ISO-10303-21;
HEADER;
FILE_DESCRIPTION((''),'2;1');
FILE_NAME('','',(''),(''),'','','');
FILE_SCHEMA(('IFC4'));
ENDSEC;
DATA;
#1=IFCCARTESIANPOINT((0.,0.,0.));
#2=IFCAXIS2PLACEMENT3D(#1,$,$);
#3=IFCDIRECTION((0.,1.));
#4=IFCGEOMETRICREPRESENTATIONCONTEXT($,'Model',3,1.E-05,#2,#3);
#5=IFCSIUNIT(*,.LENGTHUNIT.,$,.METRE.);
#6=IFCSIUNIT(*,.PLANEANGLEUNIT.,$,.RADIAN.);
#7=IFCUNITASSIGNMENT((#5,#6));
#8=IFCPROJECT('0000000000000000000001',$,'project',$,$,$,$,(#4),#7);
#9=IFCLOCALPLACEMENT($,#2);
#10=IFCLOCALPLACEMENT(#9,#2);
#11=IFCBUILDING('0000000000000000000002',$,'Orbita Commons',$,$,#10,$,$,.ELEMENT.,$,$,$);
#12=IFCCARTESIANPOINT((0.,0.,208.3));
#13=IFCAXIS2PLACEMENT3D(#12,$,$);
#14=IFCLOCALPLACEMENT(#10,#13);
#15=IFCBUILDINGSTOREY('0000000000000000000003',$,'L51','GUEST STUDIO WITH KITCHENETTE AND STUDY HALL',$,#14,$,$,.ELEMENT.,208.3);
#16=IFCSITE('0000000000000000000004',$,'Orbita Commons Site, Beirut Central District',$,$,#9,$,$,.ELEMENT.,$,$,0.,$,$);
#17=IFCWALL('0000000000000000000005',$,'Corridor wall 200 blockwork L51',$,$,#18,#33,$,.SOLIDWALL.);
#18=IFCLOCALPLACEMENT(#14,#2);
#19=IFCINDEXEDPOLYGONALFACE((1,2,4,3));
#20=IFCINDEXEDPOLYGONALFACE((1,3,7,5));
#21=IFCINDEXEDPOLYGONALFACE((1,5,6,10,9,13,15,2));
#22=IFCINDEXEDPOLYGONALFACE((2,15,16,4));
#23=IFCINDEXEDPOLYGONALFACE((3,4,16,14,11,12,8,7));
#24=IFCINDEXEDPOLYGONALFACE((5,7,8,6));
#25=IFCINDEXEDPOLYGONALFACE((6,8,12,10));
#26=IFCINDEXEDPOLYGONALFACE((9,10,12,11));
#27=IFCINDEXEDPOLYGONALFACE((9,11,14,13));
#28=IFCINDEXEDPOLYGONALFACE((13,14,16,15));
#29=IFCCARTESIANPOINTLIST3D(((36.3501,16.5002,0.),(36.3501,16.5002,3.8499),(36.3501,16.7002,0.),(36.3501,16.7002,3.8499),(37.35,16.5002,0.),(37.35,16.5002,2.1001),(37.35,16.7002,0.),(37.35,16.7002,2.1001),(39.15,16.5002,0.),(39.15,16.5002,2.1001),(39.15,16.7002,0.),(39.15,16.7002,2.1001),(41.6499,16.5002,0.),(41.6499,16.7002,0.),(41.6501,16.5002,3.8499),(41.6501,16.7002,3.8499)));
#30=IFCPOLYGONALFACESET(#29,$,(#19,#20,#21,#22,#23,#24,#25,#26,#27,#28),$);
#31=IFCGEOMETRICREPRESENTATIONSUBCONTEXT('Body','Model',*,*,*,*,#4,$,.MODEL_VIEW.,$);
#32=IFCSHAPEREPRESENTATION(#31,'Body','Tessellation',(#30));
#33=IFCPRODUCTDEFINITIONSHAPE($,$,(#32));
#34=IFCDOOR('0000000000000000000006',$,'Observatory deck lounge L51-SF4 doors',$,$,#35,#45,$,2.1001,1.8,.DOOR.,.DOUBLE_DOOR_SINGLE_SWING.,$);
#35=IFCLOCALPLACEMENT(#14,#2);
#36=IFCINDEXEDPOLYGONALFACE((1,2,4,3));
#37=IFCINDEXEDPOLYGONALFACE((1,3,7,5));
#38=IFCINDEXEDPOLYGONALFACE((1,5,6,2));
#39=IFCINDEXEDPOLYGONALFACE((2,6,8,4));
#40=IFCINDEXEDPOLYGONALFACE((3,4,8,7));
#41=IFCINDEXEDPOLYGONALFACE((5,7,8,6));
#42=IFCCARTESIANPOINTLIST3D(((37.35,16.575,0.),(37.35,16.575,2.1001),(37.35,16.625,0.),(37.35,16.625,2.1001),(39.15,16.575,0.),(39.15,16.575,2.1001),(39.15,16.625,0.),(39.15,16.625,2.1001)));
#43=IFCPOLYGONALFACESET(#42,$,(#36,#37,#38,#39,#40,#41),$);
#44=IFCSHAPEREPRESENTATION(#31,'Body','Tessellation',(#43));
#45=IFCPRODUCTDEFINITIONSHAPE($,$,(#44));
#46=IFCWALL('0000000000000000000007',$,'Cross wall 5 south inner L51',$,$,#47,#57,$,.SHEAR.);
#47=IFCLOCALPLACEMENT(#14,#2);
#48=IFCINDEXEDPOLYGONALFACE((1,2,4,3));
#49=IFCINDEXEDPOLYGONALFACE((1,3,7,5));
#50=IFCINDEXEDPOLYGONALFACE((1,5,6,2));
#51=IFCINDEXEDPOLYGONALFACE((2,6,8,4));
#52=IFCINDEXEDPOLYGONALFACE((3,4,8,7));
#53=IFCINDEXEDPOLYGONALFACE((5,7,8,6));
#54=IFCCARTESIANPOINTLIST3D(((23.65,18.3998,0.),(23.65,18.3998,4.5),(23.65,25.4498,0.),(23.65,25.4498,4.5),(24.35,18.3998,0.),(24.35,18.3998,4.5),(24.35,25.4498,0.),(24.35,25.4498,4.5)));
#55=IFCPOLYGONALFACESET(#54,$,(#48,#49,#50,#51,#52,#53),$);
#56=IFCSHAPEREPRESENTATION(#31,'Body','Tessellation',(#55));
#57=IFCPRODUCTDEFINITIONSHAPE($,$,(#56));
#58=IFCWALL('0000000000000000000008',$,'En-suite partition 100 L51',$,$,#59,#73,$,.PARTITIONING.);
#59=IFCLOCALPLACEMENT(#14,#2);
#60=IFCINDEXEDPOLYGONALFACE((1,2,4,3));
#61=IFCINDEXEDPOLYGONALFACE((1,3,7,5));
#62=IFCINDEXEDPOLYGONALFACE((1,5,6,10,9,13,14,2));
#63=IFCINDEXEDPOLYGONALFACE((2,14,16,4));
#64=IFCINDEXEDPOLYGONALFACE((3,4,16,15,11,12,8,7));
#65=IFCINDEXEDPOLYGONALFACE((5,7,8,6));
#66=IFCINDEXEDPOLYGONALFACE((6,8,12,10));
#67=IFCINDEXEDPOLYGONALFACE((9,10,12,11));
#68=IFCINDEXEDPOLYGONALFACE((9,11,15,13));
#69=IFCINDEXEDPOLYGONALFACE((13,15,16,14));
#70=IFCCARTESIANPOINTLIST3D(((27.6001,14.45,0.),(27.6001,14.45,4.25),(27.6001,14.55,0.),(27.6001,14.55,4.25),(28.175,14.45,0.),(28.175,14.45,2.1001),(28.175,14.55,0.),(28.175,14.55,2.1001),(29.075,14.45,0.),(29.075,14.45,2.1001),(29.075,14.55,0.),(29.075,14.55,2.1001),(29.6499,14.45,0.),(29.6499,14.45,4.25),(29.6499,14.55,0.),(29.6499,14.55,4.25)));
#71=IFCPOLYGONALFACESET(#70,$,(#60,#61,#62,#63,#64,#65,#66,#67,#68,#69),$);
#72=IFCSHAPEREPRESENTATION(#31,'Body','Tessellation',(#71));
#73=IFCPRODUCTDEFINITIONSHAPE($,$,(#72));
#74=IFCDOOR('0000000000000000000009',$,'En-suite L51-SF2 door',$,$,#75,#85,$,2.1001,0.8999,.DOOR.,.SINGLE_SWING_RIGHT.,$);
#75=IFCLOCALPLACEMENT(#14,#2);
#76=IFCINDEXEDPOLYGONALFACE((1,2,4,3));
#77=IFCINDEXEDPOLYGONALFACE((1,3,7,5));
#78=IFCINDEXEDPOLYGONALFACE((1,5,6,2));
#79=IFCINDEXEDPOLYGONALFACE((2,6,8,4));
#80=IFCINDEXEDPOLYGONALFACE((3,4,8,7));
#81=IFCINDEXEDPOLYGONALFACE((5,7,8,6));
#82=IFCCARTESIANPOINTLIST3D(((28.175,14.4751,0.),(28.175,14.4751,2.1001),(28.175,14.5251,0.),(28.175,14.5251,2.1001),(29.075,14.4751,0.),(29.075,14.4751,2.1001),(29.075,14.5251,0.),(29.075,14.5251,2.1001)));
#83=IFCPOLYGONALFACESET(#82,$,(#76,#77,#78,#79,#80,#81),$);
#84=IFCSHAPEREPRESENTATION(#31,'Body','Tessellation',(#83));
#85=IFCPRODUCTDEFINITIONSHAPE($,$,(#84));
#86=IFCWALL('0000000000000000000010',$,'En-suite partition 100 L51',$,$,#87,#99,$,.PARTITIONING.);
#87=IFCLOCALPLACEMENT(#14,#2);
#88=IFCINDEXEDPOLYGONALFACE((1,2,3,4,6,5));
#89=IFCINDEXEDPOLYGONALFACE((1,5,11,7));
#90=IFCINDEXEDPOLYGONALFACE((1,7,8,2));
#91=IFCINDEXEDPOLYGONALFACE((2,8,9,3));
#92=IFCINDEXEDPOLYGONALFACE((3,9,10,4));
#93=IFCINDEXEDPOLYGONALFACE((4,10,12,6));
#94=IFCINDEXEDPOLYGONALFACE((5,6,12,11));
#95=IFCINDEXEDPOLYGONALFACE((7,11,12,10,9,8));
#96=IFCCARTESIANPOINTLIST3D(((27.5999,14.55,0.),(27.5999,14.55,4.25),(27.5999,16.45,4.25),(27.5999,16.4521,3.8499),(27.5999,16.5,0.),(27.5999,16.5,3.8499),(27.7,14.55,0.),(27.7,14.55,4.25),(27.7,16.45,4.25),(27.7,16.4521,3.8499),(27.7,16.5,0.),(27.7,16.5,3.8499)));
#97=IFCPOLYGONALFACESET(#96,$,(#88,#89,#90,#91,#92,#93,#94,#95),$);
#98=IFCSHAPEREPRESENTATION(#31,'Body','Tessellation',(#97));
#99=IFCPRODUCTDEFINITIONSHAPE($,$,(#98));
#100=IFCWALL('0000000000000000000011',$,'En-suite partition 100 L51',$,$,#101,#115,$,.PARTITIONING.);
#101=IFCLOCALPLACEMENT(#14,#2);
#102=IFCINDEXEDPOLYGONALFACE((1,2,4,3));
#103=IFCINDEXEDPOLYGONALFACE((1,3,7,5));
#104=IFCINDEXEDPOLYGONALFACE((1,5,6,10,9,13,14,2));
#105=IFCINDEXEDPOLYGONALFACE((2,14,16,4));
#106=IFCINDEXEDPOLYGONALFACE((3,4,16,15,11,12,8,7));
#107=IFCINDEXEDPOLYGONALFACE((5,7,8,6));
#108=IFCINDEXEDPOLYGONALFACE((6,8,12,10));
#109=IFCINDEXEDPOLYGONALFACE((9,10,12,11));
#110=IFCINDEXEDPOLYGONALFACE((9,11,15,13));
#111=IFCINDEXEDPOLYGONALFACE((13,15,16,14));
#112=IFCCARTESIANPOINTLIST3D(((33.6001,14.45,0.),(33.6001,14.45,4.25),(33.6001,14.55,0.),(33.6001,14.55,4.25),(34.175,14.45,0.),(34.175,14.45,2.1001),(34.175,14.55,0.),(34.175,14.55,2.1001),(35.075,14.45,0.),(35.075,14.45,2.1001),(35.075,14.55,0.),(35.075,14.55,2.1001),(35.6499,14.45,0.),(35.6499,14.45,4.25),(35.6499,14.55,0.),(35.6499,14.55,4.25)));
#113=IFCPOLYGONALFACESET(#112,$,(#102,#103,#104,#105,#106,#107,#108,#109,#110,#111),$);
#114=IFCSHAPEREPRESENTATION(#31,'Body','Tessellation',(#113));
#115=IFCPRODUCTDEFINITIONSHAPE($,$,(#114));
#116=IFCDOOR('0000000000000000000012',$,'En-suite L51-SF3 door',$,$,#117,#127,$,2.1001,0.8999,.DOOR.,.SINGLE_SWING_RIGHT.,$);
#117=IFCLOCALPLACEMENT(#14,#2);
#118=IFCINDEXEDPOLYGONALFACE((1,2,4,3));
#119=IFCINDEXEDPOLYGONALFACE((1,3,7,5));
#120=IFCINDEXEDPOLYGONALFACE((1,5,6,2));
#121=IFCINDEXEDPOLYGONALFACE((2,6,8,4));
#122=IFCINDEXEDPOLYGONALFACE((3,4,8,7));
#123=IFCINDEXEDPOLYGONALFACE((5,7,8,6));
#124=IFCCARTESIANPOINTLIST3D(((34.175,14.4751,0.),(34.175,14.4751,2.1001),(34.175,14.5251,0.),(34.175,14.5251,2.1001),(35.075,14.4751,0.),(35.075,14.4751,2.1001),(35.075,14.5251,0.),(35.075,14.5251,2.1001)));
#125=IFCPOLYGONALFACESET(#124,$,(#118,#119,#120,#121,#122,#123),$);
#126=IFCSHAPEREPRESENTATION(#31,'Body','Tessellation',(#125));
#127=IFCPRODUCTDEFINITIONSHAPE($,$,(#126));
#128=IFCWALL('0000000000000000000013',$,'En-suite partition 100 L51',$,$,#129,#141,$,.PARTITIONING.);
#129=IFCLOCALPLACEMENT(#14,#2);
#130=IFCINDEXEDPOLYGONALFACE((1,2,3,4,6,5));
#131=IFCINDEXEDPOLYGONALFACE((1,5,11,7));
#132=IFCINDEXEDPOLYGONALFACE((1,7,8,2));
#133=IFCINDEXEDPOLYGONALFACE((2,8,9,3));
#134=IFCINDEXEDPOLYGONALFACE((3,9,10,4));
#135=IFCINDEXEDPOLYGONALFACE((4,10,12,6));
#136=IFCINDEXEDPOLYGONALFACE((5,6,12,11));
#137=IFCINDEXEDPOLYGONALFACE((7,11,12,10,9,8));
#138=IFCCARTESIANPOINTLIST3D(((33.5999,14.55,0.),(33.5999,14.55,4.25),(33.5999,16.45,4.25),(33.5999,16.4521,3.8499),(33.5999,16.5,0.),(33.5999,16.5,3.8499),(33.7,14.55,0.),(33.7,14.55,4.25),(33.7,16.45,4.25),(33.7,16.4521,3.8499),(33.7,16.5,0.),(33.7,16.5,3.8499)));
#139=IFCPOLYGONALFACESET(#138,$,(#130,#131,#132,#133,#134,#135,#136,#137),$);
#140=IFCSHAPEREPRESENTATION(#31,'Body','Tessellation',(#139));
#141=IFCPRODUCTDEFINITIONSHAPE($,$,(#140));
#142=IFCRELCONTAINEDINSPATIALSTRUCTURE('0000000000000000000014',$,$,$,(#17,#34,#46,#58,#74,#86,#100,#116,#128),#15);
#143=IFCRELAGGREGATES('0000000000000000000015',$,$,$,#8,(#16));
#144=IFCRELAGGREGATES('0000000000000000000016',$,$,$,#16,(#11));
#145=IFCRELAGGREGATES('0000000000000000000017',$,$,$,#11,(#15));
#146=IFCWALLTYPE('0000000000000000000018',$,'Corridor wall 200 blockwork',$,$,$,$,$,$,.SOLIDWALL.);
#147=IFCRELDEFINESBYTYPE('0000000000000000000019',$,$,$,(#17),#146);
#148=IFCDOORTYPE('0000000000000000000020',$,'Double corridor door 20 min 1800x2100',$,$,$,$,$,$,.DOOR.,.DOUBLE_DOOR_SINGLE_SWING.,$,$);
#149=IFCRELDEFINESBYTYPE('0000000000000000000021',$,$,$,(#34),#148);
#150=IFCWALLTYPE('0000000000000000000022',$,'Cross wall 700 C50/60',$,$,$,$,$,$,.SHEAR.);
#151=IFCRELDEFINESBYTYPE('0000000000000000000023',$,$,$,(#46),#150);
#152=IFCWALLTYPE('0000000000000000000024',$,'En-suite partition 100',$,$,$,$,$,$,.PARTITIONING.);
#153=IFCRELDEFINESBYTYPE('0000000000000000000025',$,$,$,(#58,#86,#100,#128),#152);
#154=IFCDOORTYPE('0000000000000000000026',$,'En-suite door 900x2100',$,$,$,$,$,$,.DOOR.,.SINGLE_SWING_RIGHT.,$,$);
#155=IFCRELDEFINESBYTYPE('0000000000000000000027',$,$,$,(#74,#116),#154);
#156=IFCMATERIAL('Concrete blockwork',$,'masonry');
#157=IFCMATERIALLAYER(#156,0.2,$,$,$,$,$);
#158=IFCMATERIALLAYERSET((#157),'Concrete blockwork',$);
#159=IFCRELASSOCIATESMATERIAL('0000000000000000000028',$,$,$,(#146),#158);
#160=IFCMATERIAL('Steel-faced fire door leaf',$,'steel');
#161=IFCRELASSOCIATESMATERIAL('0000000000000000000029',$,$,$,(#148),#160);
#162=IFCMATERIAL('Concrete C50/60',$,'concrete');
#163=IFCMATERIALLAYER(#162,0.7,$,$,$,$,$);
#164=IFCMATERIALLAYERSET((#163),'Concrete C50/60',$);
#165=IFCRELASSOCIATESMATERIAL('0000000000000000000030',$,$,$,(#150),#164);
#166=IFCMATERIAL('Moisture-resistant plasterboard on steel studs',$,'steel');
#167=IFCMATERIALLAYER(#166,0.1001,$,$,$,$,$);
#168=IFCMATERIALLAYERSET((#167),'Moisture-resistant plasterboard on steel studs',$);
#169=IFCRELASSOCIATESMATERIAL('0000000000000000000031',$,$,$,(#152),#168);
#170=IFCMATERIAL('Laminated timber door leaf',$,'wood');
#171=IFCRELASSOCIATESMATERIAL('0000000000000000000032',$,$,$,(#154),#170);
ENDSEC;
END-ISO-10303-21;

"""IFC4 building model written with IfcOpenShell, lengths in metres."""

from ifc_helpers import new_model, si_unit, direction, frame, frame_2d, origin, place, context, subcontext, project, spatial, polyline, rectangle, outline, extrude, material, layer, layer_set, type_object, element, fill, save


model = new_model("IFC4")

# Units and contexts
model_context = context("Model", 3, precision=1e-05, world=origin(), true_north=direction((0.0, 1.0)))
body_context = subcontext(model_context, "Body", "Model", "MODEL_VIEW")
ifc_project = project(units=[si_unit("LENGTHUNIT", "METRE"), si_unit("PLANEANGLEUNIT", "RADIAN")], contexts=[model_context])

# Site, building, storey
site_placement = place(None, origin())
site = spatial("IfcSite", under=ifc_project, at=site_placement, Name="Orbita Commons Site, Beirut Central District", CompositionType="ELEMENT", RefElevation=0.0)
building_placement = place(site_placement, origin())
building = spatial("IfcBuilding", under=site, at=building_placement, Name="Orbita Commons", CompositionType="ELEMENT")
storey_placement = place(building_placement, frame((0.0, 0.0, 208.3)))
storey = spatial("IfcBuildingStorey", under=building, at=storey_placement, Name="L51", Description="GUEST STUDIO WITH KITCHENETTE AND STUDY HALL", CompositionType="ELEMENT", Elevation=208.3)

# Wall, opening, door
ifc_material_1 = material(Name="Concrete blockwork", Category="masonry")
ifc_layer_1 = layer(ifc_material_1, 0.2)
ifc_layer_set_1 = layer_set([ifc_layer_1], Name="Concrete blockwork")
wall_type_1 = type_object("IfcWallType", Name="Corridor wall 200 blockwork", PredefinedType="SOLIDWALL", material=ifc_layer_set_1)
wall_1_placement = place(storey_placement, frame((36.3501, 16.6001, 0.0), z_axis=(0.0, 0.0, 1.0), x_axis=(1.0, 0.0, 0.0)))
wall_1 = element("IfcWall", 1, at=wall_1_placement, inside=storey, type_object=wall_type_1, Name="Corridor wall 200 blockwork L51", PredefinedType="SOLIDWALL", context=body_context, shape_type="SweptSolid", body=[
    extrude(outline(polyline([(0.0, 0.0), (5.2998, 0.0), (5.3, 3.8499), (0.0, 3.8499), (0.0, 0.0)])), frame((0.0, 0.1001, 0.0), z_axis=(0.0, -1.0, 0.0), x_axis=(1.0, 0.0, 0.0)), (0.0, 0.0, 1.0), 0.2),
])
opening_1_placement = place(wall_1_placement, frame((1.0, 0.0, 0.0)))
opening_1 = element("IfcOpeningElement", 2, at=opening_1_placement, cuts=wall_1, PredefinedType="OPENING", context=body_context, shape_type="SweptSolid", body=[
    extrude(rectangle(XDim=1.8, YDim=2.1001, at=frame_2d((0.8999, 1.05))), frame((0.0, 0.1099, 0.0), z_axis=(0.0, -1.0, 0.0), x_axis=(1.0, 0.0, 0.0)), (0.0, 0.0, 1.0), 0.22),
])
ifc_material_2 = material(Name="Steel-faced fire door leaf", Category="steel")
door_type_1 = type_object("IfcDoorType", Name="Double corridor door 20 min 1800x2100", OperationType="DOUBLE_DOOR_SINGLE_SWING", PredefinedType="DOOR", material=ifc_material_2)
door_1_placement = place(opening_1_placement, origin())
door_1 = element("IfcDoor", 3, at=door_1_placement, inside=storey, type_object=door_type_1, Name="Observatory deck lounge L51-SF4 doors", OperationType="DOUBLE_DOOR_SINGLE_SWING", OverallHeight=2.1001, OverallWidth=1.8, PredefinedType="DOOR", context=body_context, shape_type="SweptSolid", body=[
    extrude(rectangle(XDim=1.8, YDim=2.1001, at=frame_2d((0.8999, 1.05))), frame((0.0, 0.0249, 0.0), z_axis=(0.0, -1.0, 0.0), x_axis=(1.0, 0.0, 0.0)), (0.0, 0.0, 1.0), 0.05),
])
fill(opening_1, door_1)

# Wall
ifc_material_3 = material(Name="Concrete C50/60", Category="concrete")
ifc_layer_2 = layer(ifc_material_3, 0.7)
ifc_layer_set_2 = layer_set([ifc_layer_2], Name="Concrete C50/60")
wall_type_2 = type_object("IfcWallType", Name="Cross wall 700 C50/60", PredefinedType="SHEAR", material=ifc_layer_set_2)
wall_2_placement = place(storey_placement, frame((24.0, 18.3999, 0.0), z_axis=(0.0, 0.0, 1.0), x_axis=(0.0, 1.0, 0.0)))
element("IfcWall", 4, at=wall_2_placement, inside=storey, type_object=wall_type_2, Name="Cross wall 5 south inner L51", PredefinedType="SHEAR", context=body_context, shape_type="SweptSolid", body=[
    extrude(rectangle(XDim=7.05, YDim=0.7, at=frame_2d((3.5249, 0.0))), origin(), (0.0, 0.0, 1.0), 4.5),
])

# Wall, opening, door
ifc_material_4 = material(Name="Moisture-resistant plasterboard on steel studs", Category="steel")
ifc_layer_3 = layer(ifc_material_4, 0.1001)
ifc_layer_set_3 = layer_set([ifc_layer_3], Name="Moisture-resistant plasterboard on steel studs")
wall_type_3 = type_object("IfcWallType", Name="En-suite partition 100", PredefinedType="PARTITIONING", material=ifc_layer_set_3)
wall_3_placement = place(storey_placement, frame((29.6499, 14.5, 0.0), z_axis=(0.0, 0.0, 1.0), x_axis=(-1.0, 0.0, 0.0)))
wall_3 = element("IfcWall", 5, at=wall_3_placement, inside=storey, type_object=wall_type_3, Name="En-suite partition 100 L51", PredefinedType="PARTITIONING", context=body_context, shape_type="SweptSolid", body=[
    extrude(rectangle(XDim=2.0498, YDim=0.1001, at=frame_2d((1.0249, 0.0))), origin(), (0.0, 0.0, 1.0), 4.25),
])
opening_2_placement = place(wall_3_placement, frame((0.575, 0.0, 0.0)))
opening_2 = element("IfcOpeningElement", 6, at=opening_2_placement, cuts=wall_3, PredefinedType="OPENING", context=body_context, shape_type="SweptSolid", body=[
    extrude(rectangle(XDim=0.8999, YDim=2.1001, at=frame_2d((0.45, 1.05))), frame((0.0, 0.0601, 0.0), z_axis=(0.0, -1.0, 0.0), x_axis=(1.0, 0.0, 0.0)), (0.0, 0.0, 1.0), 0.1201),
])
ifc_material_5 = material(Name="Laminated timber door leaf", Category="wood")
door_type_2 = type_object("IfcDoorType", Name="En-suite door 900x2100", OperationType="SINGLE_SWING_RIGHT", PredefinedType="DOOR", material=ifc_material_5)
door_2_placement = place(opening_2_placement, origin())
door_2 = element("IfcDoor", 7, at=door_2_placement, inside=storey, type_object=door_type_2, Name="En-suite L51-SF2 door", OperationType="SINGLE_SWING_RIGHT", OverallHeight=2.1001, OverallWidth=0.8999, PredefinedType="DOOR", context=body_context, shape_type="SweptSolid", body=[
    extrude(rectangle(XDim=0.8999, YDim=2.1001, at=frame_2d((0.45, 1.05))), frame((0.0, 0.0249, 0.0), z_axis=(0.0, -1.0, 0.0), x_axis=(1.0, 0.0, 0.0)), (0.0, 0.0, 1.0), 0.05),
])
fill(opening_2, door_2)

# Wall
wall_4_placement = place(storey_placement, frame((27.6499, 14.55, 0.0), z_axis=(0.0, 0.0, 1.0), x_axis=(0.0, 1.0, 0.0)))
element("IfcWall", 8, at=wall_4_placement, inside=storey, type_object=wall_type_3, Name="En-suite partition 100 L51", PredefinedType="PARTITIONING", context=body_context, shape_type="SweptSolid", body=[
    extrude(outline(polyline([(0.0, 0.0), (1.95, 0.0), (1.95, 3.8499), (1.9021, 3.8499), (1.8999, 4.25), (0.0, 4.25), (0.0, 0.0)])), frame((0.0, 0.05, 0.0), z_axis=(0.0, -1.0, 0.0), x_axis=(1.0, 0.0, 0.0)), (0.0, 0.0, 1.0), 0.1001),
])

# Wall, opening, door
wall_5_placement = place(storey_placement, frame((35.6499, 14.5, 0.0), z_axis=(0.0, 0.0, 1.0), x_axis=(-1.0, 0.0, 0.0)))
wall_5 = element("IfcWall", 9, at=wall_5_placement, inside=storey, type_object=wall_type_3, Name="En-suite partition 100 L51", PredefinedType="PARTITIONING", context=body_context, shape_type="SweptSolid", body=[
    extrude(rectangle(XDim=2.0498, YDim=0.1001, at=frame_2d((1.0249, 0.0))), origin(), (0.0, 0.0, 1.0), 4.25),
])
opening_3_placement = place(wall_5_placement, frame((0.575, 0.0, 0.0)))
opening_3 = element("IfcOpeningElement", 10, at=opening_3_placement, cuts=wall_5, PredefinedType="OPENING", context=body_context, shape_type="SweptSolid", body=[
    extrude(rectangle(XDim=0.8999, YDim=2.1001, at=frame_2d((0.45, 1.05))), frame((0.0, 0.0601, 0.0), z_axis=(0.0, -1.0, 0.0), x_axis=(1.0, 0.0, 0.0)), (0.0, 0.0, 1.0), 0.1201),
])
door_3_placement = place(opening_3_placement, origin())
door_3 = element("IfcDoor", 11, at=door_3_placement, inside=storey, type_object=door_type_2, Name="En-suite L51-SF3 door", OperationType="SINGLE_SWING_RIGHT", OverallHeight=2.1001, OverallWidth=0.8999, PredefinedType="DOOR", context=body_context, shape_type="SweptSolid", body=[
    extrude(rectangle(XDim=0.8999, YDim=2.1001, at=frame_2d((0.45, 1.05))), frame((0.0, 0.0249, 0.0), z_axis=(0.0, -1.0, 0.0), x_axis=(1.0, 0.0, 0.0)), (0.0, 0.0, 1.0), 0.05),
])
fill(opening_3, door_3)

# Wall
wall_6_placement = place(storey_placement, frame((33.6499, 14.55, 0.0), z_axis=(0.0, 0.0, 1.0), x_axis=(0.0, 1.0, 0.0)))
element("IfcWall", 12, at=wall_6_placement, inside=storey, type_object=wall_type_3, Name="En-suite partition 100 L51", PredefinedType="PARTITIONING", context=body_context, shape_type="SweptSolid", body=[
    extrude(outline(polyline([(0.0, 0.0), (1.95, 0.0), (1.95, 3.8499), (1.9021, 3.8499), (1.8999, 4.25), (0.0, 4.25), (0.0, 0.0)])), frame((0.0, 0.05, 0.0), z_axis=(0.0, -1.0, 0.0), x_axis=(1.0, 0.0, 0.0)), (0.0, 0.0, 1.0), 0.1001),
])

save(model, "model.ifc")
